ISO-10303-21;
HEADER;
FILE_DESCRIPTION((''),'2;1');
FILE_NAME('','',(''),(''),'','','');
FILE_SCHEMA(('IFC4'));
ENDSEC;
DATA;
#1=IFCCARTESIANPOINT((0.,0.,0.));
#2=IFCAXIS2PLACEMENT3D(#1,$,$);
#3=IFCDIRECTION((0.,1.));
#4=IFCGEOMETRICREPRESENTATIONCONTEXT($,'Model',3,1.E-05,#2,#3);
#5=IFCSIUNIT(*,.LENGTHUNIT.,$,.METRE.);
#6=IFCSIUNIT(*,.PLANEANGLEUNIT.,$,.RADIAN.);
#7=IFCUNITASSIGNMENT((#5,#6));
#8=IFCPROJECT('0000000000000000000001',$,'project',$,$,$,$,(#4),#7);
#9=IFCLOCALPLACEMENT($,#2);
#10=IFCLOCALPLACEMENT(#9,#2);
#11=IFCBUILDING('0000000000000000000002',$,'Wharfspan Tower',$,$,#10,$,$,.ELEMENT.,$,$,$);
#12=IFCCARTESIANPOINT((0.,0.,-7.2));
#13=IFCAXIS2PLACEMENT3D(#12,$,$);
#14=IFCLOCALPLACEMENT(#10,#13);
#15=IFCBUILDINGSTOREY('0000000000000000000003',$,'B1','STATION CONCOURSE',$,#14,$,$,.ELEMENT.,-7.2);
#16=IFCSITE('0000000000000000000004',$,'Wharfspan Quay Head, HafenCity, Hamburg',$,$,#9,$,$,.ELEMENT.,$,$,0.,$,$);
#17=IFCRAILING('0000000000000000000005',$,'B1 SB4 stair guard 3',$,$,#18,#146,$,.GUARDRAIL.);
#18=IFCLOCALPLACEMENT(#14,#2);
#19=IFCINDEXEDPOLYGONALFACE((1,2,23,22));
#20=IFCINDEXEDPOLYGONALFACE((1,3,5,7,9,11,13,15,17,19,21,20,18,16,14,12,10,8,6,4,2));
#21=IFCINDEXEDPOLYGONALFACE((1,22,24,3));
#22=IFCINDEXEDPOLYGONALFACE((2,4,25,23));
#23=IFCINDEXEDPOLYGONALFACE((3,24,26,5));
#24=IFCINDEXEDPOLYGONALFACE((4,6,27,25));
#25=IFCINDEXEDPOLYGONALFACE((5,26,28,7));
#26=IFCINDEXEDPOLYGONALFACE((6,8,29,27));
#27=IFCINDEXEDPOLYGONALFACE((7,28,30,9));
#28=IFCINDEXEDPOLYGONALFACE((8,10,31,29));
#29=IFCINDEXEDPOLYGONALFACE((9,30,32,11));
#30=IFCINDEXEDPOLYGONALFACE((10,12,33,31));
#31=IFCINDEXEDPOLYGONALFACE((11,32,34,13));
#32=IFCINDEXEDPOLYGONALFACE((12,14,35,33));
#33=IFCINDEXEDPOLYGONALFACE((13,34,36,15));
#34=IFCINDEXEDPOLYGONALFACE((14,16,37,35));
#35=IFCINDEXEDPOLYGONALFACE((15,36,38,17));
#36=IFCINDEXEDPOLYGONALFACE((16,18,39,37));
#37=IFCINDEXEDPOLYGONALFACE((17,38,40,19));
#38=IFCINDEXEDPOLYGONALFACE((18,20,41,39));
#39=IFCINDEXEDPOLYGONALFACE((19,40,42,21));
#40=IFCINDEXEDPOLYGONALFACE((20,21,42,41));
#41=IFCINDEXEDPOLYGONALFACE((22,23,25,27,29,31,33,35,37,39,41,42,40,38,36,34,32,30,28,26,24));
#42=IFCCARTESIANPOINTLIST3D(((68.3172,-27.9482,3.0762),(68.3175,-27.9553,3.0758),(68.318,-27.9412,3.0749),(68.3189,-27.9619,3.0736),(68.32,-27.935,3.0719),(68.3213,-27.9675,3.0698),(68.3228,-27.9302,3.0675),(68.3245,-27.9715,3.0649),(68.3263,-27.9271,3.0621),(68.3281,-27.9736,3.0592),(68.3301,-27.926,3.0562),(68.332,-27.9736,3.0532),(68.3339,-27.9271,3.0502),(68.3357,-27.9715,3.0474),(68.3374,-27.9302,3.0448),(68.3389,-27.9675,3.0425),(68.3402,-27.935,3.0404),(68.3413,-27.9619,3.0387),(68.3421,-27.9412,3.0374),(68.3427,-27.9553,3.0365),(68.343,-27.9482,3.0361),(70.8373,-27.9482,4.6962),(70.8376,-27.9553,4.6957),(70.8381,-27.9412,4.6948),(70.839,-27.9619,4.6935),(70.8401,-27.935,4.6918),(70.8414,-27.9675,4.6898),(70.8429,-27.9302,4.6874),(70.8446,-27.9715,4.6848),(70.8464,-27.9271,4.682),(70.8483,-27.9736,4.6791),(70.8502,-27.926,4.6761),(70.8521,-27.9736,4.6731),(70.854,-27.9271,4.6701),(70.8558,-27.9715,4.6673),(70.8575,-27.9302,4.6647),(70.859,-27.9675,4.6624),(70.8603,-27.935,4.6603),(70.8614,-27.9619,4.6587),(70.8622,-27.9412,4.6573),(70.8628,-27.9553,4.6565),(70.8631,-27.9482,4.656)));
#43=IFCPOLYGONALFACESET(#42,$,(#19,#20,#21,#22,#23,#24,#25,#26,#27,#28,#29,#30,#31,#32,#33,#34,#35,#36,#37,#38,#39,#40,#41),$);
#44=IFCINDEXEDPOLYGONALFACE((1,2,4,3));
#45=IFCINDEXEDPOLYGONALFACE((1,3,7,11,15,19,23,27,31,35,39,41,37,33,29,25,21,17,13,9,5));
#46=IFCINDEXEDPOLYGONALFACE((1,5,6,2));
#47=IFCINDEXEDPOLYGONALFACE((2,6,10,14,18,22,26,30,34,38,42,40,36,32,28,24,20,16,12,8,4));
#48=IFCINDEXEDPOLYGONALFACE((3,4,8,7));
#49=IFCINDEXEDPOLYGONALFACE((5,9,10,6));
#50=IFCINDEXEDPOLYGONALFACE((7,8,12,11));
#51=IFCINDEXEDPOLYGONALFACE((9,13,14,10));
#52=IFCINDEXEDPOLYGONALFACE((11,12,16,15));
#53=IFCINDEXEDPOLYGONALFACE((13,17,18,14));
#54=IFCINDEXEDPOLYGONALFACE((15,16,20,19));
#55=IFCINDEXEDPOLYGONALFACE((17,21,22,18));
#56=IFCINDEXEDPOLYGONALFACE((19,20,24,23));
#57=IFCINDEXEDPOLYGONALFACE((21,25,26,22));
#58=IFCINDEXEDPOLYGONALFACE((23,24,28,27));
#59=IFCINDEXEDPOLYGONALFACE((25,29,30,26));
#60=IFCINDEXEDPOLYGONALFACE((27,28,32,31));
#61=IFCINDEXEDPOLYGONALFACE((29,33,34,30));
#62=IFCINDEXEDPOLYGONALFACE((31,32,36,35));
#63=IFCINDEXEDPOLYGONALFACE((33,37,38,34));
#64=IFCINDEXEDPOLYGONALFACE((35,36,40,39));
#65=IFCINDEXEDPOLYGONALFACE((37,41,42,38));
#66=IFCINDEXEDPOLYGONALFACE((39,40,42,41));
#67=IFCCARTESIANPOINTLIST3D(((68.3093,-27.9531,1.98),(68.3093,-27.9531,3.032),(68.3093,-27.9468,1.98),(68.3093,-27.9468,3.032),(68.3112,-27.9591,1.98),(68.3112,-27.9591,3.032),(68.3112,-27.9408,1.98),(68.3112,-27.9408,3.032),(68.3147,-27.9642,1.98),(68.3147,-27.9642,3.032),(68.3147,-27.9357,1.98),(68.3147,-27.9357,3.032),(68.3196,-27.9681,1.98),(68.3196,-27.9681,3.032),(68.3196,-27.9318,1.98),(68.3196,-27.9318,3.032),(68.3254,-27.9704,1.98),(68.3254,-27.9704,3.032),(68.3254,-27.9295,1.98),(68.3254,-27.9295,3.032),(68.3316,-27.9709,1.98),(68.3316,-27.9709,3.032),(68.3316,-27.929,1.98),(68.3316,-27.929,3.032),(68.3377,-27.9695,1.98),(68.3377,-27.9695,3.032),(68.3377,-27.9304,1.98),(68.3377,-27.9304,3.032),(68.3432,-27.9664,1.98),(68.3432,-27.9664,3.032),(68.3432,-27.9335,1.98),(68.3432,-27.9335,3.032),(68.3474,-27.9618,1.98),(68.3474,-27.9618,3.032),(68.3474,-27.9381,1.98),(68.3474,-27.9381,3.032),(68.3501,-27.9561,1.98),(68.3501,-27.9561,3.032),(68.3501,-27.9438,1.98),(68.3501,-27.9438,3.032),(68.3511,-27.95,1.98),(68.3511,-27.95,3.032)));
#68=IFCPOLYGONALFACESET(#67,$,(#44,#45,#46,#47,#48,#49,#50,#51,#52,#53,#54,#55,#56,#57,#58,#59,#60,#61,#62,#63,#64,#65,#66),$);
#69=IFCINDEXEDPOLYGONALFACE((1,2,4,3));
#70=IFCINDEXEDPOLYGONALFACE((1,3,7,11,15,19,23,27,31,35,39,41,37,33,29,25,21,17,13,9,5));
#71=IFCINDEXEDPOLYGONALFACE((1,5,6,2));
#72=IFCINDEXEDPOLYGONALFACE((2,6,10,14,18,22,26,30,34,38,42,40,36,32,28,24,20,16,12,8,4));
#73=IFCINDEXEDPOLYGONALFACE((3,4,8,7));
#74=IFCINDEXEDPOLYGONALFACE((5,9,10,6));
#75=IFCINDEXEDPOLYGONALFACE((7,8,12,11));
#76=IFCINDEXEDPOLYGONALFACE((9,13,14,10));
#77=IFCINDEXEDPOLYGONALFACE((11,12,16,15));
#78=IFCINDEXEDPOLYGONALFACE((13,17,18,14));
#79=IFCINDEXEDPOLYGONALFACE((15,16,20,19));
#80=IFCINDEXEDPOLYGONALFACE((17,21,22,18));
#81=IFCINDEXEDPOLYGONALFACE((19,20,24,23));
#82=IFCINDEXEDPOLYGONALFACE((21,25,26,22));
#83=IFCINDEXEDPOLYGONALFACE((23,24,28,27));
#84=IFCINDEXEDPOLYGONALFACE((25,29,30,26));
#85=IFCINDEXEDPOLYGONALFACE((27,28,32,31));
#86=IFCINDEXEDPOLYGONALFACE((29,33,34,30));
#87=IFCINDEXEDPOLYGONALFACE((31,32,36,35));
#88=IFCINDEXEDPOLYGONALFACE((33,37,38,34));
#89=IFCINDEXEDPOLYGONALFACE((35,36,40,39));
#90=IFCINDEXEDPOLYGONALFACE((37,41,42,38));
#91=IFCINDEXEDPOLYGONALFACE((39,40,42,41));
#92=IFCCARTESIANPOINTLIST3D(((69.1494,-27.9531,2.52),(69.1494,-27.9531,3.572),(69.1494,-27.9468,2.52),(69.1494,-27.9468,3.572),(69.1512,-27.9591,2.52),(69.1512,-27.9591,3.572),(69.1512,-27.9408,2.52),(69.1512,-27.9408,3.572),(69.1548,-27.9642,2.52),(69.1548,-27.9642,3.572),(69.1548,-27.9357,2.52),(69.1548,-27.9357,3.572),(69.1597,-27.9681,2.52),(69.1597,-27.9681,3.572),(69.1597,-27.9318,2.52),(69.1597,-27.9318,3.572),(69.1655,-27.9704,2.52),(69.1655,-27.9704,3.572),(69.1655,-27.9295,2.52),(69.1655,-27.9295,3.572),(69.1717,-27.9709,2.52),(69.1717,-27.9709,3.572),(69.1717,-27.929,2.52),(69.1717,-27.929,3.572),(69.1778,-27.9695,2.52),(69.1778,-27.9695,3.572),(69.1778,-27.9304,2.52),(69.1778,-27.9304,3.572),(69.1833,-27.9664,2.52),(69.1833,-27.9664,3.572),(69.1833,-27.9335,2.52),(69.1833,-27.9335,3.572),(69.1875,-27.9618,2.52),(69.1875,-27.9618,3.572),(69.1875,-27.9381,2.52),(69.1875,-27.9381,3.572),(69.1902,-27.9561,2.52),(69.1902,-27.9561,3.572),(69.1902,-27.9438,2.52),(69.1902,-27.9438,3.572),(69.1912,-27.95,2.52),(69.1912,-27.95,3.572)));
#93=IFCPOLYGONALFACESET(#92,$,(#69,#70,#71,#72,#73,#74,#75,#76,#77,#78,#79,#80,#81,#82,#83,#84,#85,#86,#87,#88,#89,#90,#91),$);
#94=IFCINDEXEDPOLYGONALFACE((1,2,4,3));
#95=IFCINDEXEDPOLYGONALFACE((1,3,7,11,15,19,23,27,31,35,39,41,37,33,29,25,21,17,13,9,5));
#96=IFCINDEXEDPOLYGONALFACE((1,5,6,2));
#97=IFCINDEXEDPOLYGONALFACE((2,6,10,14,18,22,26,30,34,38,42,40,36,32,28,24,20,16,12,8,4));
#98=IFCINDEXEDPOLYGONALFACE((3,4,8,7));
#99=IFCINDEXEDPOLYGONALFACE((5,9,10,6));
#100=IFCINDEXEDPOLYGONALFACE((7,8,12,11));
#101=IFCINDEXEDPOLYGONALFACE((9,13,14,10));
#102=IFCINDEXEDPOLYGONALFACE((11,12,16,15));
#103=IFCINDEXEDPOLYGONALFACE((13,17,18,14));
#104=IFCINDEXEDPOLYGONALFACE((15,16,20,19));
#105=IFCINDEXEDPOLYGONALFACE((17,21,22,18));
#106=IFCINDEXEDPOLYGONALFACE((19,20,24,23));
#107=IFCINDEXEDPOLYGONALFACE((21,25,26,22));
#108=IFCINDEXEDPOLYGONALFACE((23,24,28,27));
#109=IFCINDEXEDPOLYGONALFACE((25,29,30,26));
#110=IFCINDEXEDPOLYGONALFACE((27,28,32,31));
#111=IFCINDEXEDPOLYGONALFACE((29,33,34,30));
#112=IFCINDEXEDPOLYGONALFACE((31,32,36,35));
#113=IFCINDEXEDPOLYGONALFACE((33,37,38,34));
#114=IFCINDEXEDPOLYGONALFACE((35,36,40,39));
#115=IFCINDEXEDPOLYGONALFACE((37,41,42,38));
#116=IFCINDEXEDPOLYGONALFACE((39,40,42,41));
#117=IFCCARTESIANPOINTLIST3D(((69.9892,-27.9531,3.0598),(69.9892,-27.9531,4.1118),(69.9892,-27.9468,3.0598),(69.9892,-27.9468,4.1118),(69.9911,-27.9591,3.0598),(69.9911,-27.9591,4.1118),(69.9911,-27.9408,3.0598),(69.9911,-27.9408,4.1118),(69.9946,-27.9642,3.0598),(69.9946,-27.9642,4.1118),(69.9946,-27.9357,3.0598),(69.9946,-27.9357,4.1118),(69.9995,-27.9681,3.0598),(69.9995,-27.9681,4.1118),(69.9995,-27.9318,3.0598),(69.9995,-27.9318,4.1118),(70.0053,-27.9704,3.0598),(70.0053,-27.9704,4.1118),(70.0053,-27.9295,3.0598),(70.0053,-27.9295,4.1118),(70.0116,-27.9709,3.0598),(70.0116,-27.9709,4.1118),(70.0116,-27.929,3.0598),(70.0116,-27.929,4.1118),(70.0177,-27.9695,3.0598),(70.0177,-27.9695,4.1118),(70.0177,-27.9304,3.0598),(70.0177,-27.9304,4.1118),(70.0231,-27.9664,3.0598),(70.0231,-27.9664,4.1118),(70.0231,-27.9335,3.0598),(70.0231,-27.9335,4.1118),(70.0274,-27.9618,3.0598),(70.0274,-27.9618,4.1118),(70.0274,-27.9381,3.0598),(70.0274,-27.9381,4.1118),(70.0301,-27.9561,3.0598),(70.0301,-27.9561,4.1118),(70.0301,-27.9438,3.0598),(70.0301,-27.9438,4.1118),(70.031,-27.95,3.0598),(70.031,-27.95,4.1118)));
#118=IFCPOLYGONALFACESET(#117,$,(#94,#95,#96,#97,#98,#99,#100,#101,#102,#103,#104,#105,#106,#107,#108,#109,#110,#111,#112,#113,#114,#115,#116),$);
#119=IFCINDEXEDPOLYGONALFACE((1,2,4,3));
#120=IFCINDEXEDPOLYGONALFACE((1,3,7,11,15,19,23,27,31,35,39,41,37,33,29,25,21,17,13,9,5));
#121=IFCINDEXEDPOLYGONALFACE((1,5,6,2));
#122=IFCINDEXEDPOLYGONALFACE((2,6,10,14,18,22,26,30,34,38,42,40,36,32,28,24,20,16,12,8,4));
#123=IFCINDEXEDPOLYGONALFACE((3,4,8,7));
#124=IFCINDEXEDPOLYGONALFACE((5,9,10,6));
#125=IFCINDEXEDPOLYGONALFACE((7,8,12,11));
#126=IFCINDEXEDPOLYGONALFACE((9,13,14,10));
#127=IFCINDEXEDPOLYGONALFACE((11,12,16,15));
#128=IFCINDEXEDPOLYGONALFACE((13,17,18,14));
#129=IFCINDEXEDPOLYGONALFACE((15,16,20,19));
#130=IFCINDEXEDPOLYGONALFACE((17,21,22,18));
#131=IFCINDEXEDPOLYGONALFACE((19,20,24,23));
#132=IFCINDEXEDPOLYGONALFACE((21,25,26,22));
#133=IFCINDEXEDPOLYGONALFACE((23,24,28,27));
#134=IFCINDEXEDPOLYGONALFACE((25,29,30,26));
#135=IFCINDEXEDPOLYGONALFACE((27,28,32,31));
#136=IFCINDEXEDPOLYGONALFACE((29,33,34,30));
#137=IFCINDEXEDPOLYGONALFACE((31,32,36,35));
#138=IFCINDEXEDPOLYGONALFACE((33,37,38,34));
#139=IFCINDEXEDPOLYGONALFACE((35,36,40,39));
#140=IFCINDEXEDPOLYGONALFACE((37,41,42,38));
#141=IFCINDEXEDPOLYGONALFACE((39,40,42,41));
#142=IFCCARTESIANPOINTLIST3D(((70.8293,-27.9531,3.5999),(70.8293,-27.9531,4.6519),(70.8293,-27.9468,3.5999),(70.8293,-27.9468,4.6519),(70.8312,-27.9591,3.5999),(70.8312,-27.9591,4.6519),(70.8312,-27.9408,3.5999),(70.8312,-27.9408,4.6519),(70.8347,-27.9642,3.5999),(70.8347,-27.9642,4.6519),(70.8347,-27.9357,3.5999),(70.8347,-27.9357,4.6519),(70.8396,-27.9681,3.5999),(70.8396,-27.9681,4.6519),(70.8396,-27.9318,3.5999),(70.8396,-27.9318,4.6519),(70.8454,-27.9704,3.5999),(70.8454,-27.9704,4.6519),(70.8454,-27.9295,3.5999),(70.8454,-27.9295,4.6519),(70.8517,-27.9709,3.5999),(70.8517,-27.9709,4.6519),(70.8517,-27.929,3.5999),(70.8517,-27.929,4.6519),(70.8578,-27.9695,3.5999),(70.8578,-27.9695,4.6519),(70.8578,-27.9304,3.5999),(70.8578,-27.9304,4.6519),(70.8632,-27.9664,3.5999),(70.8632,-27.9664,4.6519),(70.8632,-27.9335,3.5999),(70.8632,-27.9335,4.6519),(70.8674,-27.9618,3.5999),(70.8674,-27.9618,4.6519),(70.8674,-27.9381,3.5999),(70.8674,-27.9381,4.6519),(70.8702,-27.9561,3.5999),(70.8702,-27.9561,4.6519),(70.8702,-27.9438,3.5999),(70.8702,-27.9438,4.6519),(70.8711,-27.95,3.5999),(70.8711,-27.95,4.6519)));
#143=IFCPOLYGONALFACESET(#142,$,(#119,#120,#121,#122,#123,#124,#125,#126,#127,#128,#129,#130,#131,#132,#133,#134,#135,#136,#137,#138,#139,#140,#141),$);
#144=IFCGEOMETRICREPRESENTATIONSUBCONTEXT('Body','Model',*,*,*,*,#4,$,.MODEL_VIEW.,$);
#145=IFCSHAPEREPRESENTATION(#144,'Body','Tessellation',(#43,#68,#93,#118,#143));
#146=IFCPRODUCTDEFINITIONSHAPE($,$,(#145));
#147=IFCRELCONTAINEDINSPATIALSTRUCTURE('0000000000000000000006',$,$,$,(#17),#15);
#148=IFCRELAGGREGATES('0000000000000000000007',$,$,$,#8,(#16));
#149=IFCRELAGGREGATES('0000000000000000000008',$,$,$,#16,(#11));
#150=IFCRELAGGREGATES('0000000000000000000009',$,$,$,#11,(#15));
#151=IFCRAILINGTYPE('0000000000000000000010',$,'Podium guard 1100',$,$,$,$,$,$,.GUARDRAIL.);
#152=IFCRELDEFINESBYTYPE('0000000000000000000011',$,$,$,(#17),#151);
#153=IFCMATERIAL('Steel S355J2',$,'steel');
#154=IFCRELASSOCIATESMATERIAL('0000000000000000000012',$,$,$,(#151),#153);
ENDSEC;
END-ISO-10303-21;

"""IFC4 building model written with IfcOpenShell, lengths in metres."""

from ifc_helpers import new_model, si_unit, direction, frame, origin, origin_2d, place, context, subcontext, project, spatial, circle, extrude, material, type_object, element, save


model = new_model("IFC4")

# Units and contexts
model_context = context("Model", 3, precision=1e-05, world=origin(), true_north=direction((0.0, 1.0)))
body_context = subcontext(model_context, "Body", "Model", "MODEL_VIEW")
ifc_project = project(units=[si_unit("LENGTHUNIT", "METRE"), si_unit("PLANEANGLEUNIT", "RADIAN")], contexts=[model_context])

# Site, building, storey
site_placement = place(None, origin())
site = spatial("IfcSite", under=ifc_project, at=site_placement, Name="Wharfspan Quay Head, HafenCity, Hamburg", CompositionType="ELEMENT", RefElevation=0.0)
building_placement = place(site_placement, origin())
building = spatial("IfcBuilding", under=site, at=building_placement, Name="Wharfspan Tower", CompositionType="ELEMENT")
storey_placement = place(building_placement, frame((0.0, 0.0, -7.2)))
storey = spatial("IfcBuildingStorey", under=building, at=storey_placement, Name="B1", Description="STATION CONCOURSE", CompositionType="ELEMENT", Elevation=-7.2)

# Railing
ifc_material_1 = material(Name="Steel S355J2", Category="steel")
railing_type_1 = type_object("IfcRailingType", Name="Podium guard 1100", PredefinedType="GUARDRAIL", material=ifc_material_1)
railing_1_placement = place(storey_placement, frame((68.3301, -27.95, 1.98)))
element("IfcRailing", 1, at=railing_1_placement, inside=storey, type_object=railing_type_1, Name="B1 SB4 stair guard 3", PredefinedType="GUARDRAIL", context=body_context, shape_type="SweptSolid", body=[
    extrude(circle(Radius=0.0239, at=origin_2d()), frame((0.0, 0.0, 1.0762), z_axis=(0.8412, 0.0, 0.540725), x_axis=(0.0, 1.0, 0.0)), (0.0, 0.0, 1.0), 2.9958),
    extrude(circle(Radius=0.021, at=origin_2d()), origin(), (0.0, 0.0, 1.0), 1.052),
    extrude(circle(Radius=0.021, at=origin_2d()), frame((0.8401, 0.0, 0.54)), (0.0, 0.0, 1.0), 1.052),
    extrude(circle(Radius=0.021, at=origin_2d()), frame((1.6799, 0.0, 1.0798)), (0.0, 0.0, 1.0), 1.052),
    extrude(circle(Radius=0.021, at=origin_2d()), frame((2.52, 0.0, 1.6199)), (0.0, 0.0, 1.0), 1.052),
])

save(model, "model.ifc")
